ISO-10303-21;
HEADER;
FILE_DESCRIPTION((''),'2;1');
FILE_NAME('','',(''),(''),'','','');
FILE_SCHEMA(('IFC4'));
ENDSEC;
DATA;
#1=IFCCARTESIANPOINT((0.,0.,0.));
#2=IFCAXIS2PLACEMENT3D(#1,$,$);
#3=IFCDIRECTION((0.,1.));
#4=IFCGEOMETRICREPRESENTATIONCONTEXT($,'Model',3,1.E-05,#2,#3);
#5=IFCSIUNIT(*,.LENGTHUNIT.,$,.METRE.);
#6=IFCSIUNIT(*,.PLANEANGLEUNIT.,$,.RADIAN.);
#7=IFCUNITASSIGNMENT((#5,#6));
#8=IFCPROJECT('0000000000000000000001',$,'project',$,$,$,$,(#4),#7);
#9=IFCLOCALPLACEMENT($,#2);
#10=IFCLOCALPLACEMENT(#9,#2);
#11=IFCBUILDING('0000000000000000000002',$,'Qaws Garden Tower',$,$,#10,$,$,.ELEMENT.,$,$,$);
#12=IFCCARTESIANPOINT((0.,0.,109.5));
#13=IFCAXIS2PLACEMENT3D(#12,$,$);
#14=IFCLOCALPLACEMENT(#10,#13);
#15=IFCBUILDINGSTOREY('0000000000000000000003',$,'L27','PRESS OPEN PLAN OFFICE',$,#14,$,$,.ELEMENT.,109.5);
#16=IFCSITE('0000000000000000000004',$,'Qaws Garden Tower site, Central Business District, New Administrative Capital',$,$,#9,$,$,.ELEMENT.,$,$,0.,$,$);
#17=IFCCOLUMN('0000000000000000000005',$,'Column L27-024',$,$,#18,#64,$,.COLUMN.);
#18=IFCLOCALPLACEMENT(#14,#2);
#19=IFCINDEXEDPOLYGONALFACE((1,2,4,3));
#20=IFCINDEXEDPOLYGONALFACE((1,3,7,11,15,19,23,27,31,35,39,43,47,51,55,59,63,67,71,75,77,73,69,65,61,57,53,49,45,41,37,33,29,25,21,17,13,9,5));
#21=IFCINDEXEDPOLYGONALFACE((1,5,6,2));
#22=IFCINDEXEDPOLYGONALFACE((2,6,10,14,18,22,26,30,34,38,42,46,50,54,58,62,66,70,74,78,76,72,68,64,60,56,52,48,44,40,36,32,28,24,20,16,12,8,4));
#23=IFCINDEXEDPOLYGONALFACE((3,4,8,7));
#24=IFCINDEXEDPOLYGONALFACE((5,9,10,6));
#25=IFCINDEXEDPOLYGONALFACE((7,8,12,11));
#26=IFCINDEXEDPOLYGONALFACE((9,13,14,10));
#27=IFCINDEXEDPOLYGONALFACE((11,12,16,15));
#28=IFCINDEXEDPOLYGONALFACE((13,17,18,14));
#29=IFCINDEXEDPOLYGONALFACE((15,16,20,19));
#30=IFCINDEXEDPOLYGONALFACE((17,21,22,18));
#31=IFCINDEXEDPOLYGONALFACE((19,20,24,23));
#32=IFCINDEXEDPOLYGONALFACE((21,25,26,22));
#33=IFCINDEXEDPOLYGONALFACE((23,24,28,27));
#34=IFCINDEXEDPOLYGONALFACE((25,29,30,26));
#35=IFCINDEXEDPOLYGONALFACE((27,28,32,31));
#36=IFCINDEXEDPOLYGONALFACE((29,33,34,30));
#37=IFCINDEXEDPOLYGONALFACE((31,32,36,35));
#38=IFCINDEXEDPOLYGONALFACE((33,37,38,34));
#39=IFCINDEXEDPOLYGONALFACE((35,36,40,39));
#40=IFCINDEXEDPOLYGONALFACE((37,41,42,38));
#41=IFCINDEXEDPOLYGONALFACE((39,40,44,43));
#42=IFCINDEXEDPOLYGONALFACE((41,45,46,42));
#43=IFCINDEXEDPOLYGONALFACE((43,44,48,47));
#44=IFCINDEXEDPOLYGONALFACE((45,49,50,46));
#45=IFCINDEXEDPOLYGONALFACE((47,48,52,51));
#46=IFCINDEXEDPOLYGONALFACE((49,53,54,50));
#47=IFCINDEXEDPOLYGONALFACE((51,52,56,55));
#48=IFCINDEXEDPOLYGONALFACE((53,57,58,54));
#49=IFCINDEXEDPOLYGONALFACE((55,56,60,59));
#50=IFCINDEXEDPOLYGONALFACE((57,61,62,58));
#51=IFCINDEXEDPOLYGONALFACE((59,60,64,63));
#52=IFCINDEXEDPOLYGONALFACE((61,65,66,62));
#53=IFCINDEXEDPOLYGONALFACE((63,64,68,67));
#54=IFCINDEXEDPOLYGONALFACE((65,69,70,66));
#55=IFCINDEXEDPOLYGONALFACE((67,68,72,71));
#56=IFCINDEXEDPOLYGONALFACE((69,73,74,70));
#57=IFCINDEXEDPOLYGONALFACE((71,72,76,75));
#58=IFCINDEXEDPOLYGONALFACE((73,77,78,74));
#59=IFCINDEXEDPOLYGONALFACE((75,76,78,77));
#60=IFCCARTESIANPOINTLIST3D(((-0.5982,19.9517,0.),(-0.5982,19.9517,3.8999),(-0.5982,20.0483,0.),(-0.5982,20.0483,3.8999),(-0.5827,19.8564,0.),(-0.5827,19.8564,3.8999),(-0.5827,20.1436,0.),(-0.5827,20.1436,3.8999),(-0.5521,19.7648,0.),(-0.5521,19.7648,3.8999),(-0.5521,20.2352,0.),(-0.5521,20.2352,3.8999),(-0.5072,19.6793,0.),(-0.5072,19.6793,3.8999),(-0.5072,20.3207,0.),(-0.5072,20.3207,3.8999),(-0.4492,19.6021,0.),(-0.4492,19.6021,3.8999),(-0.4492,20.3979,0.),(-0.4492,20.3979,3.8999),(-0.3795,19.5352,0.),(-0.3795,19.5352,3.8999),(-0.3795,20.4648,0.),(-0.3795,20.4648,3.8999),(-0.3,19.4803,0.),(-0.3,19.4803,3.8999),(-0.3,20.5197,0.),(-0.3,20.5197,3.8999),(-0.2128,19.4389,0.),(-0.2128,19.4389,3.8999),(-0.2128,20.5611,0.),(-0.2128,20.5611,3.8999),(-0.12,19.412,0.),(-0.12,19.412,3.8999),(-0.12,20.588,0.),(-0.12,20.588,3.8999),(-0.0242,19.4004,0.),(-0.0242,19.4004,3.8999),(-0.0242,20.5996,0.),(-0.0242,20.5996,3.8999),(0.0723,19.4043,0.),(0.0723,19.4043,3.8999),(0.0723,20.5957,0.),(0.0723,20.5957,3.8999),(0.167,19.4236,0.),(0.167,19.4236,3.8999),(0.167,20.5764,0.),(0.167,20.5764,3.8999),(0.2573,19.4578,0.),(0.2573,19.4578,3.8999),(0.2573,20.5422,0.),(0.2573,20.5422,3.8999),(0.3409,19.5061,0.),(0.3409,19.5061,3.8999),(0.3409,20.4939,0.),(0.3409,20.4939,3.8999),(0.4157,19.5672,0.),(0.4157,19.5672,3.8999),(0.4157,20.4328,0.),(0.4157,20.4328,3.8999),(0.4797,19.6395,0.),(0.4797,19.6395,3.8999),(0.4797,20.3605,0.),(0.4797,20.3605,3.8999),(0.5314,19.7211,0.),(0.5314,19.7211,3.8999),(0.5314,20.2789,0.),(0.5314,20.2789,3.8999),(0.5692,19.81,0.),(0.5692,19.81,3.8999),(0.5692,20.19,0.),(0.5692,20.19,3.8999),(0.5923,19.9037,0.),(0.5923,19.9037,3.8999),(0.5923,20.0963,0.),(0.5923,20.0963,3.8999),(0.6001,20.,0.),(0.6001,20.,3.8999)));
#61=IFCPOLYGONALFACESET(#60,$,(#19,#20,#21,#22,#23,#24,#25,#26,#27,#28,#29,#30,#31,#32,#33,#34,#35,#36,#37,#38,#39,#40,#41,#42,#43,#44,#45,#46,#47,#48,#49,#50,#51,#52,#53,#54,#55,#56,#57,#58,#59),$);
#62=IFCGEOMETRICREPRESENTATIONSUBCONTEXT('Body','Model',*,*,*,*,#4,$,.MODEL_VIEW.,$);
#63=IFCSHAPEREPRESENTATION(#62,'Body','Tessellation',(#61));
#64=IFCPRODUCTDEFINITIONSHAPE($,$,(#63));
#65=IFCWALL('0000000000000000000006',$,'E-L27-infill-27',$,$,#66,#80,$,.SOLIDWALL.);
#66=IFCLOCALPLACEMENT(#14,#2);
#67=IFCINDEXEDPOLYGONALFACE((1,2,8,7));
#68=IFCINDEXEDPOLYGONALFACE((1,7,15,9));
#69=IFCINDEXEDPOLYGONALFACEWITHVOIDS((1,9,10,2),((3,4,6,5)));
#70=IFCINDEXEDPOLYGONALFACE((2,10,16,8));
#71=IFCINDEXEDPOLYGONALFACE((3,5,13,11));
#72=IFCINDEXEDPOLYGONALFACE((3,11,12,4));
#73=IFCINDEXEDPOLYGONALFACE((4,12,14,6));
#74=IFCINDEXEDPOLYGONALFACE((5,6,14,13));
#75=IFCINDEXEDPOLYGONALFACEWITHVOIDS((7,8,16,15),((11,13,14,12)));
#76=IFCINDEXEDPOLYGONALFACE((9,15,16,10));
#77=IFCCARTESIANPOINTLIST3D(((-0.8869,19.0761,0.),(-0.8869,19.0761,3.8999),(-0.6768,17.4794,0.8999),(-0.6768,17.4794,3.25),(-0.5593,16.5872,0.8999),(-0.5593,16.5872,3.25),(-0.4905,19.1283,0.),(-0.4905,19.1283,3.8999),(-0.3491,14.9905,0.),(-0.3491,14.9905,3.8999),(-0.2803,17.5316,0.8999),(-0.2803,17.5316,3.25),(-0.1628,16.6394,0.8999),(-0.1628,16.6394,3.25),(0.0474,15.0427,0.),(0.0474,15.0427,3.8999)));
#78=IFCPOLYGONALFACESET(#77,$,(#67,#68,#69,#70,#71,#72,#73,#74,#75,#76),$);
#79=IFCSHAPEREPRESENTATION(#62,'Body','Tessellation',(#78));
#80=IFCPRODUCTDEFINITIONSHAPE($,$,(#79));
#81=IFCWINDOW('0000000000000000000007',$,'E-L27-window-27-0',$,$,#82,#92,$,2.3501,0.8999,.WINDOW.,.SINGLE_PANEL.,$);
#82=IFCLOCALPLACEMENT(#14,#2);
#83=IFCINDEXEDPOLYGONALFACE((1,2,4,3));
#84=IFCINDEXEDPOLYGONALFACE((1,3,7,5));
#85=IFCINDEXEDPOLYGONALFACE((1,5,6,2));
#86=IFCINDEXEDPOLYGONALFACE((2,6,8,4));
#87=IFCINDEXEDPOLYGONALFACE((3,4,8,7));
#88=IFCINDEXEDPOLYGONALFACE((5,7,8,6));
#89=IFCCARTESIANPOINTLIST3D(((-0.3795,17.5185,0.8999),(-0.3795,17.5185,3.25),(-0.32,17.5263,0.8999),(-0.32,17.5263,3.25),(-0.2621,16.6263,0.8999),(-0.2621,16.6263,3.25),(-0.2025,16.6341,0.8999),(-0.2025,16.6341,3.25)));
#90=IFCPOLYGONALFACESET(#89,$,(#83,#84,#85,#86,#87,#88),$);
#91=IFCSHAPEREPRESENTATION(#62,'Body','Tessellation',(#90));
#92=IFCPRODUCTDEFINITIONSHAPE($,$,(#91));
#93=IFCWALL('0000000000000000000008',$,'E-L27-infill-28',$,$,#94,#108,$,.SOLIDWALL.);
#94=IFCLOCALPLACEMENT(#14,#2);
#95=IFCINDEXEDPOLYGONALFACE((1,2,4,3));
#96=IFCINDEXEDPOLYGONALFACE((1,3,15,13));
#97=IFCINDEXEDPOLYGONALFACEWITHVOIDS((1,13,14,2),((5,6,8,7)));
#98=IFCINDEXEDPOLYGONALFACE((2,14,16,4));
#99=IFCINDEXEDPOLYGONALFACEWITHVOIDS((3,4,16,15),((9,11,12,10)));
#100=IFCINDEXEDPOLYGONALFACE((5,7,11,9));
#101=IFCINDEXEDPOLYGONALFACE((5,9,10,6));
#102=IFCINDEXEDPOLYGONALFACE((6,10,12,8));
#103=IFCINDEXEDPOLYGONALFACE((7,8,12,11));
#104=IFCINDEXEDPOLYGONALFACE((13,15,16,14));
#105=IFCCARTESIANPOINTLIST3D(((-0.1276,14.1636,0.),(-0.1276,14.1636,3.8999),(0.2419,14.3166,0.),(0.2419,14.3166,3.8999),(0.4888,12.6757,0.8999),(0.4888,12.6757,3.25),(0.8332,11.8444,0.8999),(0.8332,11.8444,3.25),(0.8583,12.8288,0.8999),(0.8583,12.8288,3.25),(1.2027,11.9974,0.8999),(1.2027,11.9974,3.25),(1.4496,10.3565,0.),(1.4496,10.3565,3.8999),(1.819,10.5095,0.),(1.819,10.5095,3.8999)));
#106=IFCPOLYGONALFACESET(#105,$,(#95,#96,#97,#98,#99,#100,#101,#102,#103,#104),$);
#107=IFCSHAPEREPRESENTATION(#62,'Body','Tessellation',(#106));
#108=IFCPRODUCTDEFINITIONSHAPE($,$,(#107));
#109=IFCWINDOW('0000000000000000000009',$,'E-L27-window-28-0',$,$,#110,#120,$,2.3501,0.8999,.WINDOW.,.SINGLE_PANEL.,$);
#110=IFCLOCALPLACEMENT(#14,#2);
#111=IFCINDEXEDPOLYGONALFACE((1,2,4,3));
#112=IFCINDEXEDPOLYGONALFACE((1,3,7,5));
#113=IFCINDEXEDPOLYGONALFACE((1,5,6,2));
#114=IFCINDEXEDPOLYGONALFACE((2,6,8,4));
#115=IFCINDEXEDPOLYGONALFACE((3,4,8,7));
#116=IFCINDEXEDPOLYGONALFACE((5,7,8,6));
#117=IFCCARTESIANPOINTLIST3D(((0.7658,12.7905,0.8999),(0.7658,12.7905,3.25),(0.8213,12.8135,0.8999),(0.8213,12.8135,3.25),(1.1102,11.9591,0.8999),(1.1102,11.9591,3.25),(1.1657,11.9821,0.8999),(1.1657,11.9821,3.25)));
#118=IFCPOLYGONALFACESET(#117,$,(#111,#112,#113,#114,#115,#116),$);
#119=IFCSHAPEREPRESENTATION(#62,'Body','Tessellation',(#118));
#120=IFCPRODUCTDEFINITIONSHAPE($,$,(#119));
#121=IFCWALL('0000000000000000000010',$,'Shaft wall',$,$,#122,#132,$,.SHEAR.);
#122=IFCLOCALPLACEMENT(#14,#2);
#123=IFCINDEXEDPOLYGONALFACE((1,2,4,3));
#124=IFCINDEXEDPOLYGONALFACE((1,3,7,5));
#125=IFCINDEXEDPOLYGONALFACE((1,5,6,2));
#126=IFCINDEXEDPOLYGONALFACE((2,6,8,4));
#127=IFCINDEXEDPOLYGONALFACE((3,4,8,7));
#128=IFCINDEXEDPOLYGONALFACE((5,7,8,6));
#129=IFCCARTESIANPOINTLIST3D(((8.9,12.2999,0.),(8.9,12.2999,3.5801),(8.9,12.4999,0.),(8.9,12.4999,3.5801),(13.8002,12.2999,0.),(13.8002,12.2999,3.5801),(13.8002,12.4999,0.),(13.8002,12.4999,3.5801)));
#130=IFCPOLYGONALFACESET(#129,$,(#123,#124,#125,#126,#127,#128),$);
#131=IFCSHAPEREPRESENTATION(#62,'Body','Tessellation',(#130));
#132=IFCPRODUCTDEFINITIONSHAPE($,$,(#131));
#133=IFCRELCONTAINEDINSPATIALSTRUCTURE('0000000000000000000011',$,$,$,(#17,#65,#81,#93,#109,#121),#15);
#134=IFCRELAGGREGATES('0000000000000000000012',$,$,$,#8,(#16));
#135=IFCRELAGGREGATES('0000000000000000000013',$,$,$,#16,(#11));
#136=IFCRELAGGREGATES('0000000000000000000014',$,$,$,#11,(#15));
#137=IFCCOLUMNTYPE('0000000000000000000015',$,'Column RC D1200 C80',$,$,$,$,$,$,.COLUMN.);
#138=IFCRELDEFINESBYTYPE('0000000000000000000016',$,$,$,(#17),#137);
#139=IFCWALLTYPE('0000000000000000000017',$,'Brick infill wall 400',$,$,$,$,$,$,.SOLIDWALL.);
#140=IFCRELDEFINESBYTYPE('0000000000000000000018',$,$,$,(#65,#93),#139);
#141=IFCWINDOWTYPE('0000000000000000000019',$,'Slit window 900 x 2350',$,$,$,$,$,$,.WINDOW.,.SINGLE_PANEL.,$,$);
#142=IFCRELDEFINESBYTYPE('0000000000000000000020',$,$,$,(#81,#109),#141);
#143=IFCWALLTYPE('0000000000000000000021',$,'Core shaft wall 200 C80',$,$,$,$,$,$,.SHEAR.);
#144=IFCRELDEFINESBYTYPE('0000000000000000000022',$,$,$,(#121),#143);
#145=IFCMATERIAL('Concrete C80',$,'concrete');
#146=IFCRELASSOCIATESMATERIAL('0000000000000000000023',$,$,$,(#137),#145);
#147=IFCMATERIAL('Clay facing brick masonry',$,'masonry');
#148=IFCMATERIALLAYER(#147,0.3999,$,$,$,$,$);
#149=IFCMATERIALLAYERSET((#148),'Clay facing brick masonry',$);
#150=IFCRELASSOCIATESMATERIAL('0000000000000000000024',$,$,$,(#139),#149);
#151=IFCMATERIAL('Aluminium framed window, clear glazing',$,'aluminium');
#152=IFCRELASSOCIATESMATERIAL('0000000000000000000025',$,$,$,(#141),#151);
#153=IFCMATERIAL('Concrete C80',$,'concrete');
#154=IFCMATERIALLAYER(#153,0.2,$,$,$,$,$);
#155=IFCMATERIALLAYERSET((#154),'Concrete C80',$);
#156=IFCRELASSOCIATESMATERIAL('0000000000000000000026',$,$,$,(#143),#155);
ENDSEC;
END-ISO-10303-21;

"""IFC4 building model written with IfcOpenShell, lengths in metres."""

from ifc_helpers import new_model, si_unit, direction, frame, frame_2d, origin, origin_2d, place, context, subcontext, project, spatial, rectangle, circle, extrude, material, layer, layer_set, material_profile, profile_set, type_object, element, fill, save


model = new_model("IFC4")

# Units and contexts
model_context = context("Model", 3, precision=1e-05, world=origin(), true_north=direction((0.0, 1.0)))
body_context = subcontext(model_context, "Body", "Model", "MODEL_VIEW")
ifc_project = project(units=[si_unit("LENGTHUNIT", "METRE"), si_unit("PLANEANGLEUNIT", "RADIAN")], contexts=[model_context])

# Site, building, storey
site_placement = place(None, origin())
site = spatial("IfcSite", under=ifc_project, at=site_placement, Name="Qaws Garden Tower site, Central Business District, New Administrative Capital", CompositionType="ELEMENT", RefElevation=0.0)
building_placement = place(site_placement, origin())
building = spatial("IfcBuilding", under=site, at=building_placement, Name="Qaws Garden Tower", CompositionType="ELEMENT")
storey_placement = place(building_placement, frame((0.0, 0.0, 109.5)))
storey = spatial("IfcBuildingStorey", under=building, at=storey_placement, Name="L27", Description="PRESS OPEN PLAN OFFICE", CompositionType="ELEMENT", Elevation=109.5)

# Column
ifc_material_1 = material(Name="Concrete C80", Category="concrete")
ifc_material_profile = material_profile(ifc_material_1, circle(Radius=0.6001, at=origin_2d()), Name="RC D1200")
ifc_profile_set = profile_set([ifc_material_profile], Name="Concrete C80")
column_type = type_object("IfcColumnType", Name="Column RC D1200 C80", PredefinedType="COLUMN", material=ifc_profile_set)
column_placement = place(storey_placement, frame((0.0, 20.0, 0.0), z_axis=(0.0, 0.0, 1.0), x_axis=(1.0, 0.0, 0.0)))
element("IfcColumn", 1, at=column_placement, inside=storey, type_object=column_type, Name="Column L27-024", PredefinedType="COLUMN", context=body_context, shape_type="SweptSolid", body=[
    extrude(circle(Radius=0.6001, at=origin_2d()), origin(), (0.0, 0.0, 1.0), 3.8999),
])

# Walls, openings, windows
ifc_material_2 = material(Name="Clay facing brick masonry", Category="masonry")
ifc_layer_1 = layer(ifc_material_2, 0.3999)
ifc_layer_set_1 = layer_set([ifc_layer_1], Name="Clay facing brick masonry")
wall_type_1 = type_object("IfcWallType", Name="Brick infill wall 400", PredefinedType="SOLIDWALL", material=ifc_layer_set_1)
wall_1_placement = place(storey_placement, frame((-0.6887, 19.1023, 0.0), z_axis=(0.0, 0.0, 1.0), x_axis=(0.130514, -0.991446, 0.0)))
wall_1 = element("IfcWall", 2, at=wall_1_placement, inside=storey, type_object=wall_type_1, Name="E-L27-infill-27", PredefinedType="SOLIDWALL", context=body_context, shape_type="SweptSolid", body=[
    extrude(rectangle(XDim=4.1208, YDim=0.3999, at=frame_2d((2.0605, 0.0))), origin(), (0.0, 0.0, 1.0), 3.8999),
])
opening_1_placement = place(wall_1_placement, frame((1.6106, 0.0, 0.8999)))
opening_1 = element("IfcOpeningElement", 3, at=opening_1_placement, cuts=wall_1, PredefinedType="OPENING", context=body_context, shape_type="SweptSolid", body=[
    extrude(rectangle(XDim=0.8999, YDim=2.3501, at=frame_2d((0.45, 1.175))), frame((0.0, 0.21, 0.0), z_axis=(0.0, -1.0, 0.0), x_axis=(1.0, 0.0, 0.0)), (0.0, 0.0, 1.0), 0.4199),
])
ifc_material_3 = material(Name="Aluminium framed window, clear glazing", Category="aluminium")
window_type = type_object("IfcWindowType", Name="Slit window 900 x 2350", PartitioningType="SINGLE_PANEL", PredefinedType="WINDOW", material=ifc_material_3)
window_1_placement = place(opening_1_placement, origin())
window_1 = element("IfcWindow", 4, at=window_1_placement, inside=storey, type_object=window_type, Name="E-L27-window-27-0", OverallHeight=2.3501, OverallWidth=0.8999, PartitioningType="SINGLE_PANEL", PredefinedType="WINDOW", context=body_context, shape_type="SweptSolid", body=[
    extrude(rectangle(XDim=0.8999, YDim=2.3501, at=frame_2d((0.45, 1.175))), frame((0.0, 0.1599, 0.0), z_axis=(0.0, -1.0, 0.0), x_axis=(1.0, 0.0, 0.0)), (0.0, 0.0, 1.0), 0.0601),
])
fill(opening_1, window_1)
wall_2_placement = place(storey_placement, frame((0.0571, 14.2402, 0.0), z_axis=(0.0, 0.0, 1.0), x_axis=(0.382722, -0.923864, 0.0)))
wall_2 = element("IfcWall", 5, at=wall_2_placement, inside=storey, type_object=wall_type_1, Name="E-L27-infill-28", PredefinedType="SOLIDWALL", context=body_context, shape_type="SweptSolid", body=[
    extrude(rectangle(XDim=4.1208, YDim=0.3999, at=frame_2d((2.0605, 0.0))), origin(), (0.0, 0.0, 1.0), 3.8999),
])
opening_2_placement = place(wall_2_placement, frame((1.6106, 0.0, 0.8999)))
opening_2 = element("IfcOpeningElement", 6, at=opening_2_placement, cuts=wall_2, PredefinedType="OPENING", context=body_context, shape_type="SweptSolid", body=[
    extrude(rectangle(XDim=0.8999, YDim=2.3501, at=frame_2d((0.45, 1.175))), frame((0.0, 0.21, 0.0), z_axis=(0.0, -1.0, 0.0), x_axis=(1.0, 0.0, 0.0)), (0.0, 0.0, 1.0), 0.4199),
])
window_2_placement = place(opening_2_placement, origin())
window_2 = element("IfcWindow", 7, at=window_2_placement, inside=storey, type_object=window_type, Name="E-L27-window-28-0", OverallHeight=2.3501, OverallWidth=0.8999, PartitioningType="SINGLE_PANEL", PredefinedType="WINDOW", context=body_context, shape_type="SweptSolid", body=[
    extrude(rectangle(XDim=0.8999, YDim=2.3501, at=frame_2d((0.45, 1.175))), frame((0.0, 0.1599, 0.0), z_axis=(0.0, -1.0, 0.0), x_axis=(1.0, 0.0, 0.0)), (0.0, 0.0, 1.0), 0.0601),
])
fill(opening_2, window_2)

# Wall
ifc_material_4 = material(Name="Concrete C80", Category="concrete")
ifc_layer_2 = layer(ifc_material_4, 0.2)
ifc_layer_set_2 = layer_set([ifc_layer_2], Name="Concrete C80")
wall_type_2 = type_object("IfcWallType", Name="Core shaft wall 200 C80", PredefinedType="SHEAR", material=ifc_layer_set_2)
wall_3_placement = place(storey_placement, frame((8.8999, 12.3999, 0.0), z_axis=(0.0, 0.0, 1.0), x_axis=(1.0, 0.0, 0.0)))
element("IfcWall", 8, at=wall_3_placement, inside=storey, type_object=wall_type_2, Name="Shaft wall", PredefinedType="SHEAR", context=body_context, shape_type="SweptSolid", body=[
    extrude(rectangle(XDim=4.9001, YDim=0.2, at=frame_2d((2.4502, 0.0))), origin(), (0.0, 0.0, 1.0), 3.5801),
])

save(model, "model.ifc")
